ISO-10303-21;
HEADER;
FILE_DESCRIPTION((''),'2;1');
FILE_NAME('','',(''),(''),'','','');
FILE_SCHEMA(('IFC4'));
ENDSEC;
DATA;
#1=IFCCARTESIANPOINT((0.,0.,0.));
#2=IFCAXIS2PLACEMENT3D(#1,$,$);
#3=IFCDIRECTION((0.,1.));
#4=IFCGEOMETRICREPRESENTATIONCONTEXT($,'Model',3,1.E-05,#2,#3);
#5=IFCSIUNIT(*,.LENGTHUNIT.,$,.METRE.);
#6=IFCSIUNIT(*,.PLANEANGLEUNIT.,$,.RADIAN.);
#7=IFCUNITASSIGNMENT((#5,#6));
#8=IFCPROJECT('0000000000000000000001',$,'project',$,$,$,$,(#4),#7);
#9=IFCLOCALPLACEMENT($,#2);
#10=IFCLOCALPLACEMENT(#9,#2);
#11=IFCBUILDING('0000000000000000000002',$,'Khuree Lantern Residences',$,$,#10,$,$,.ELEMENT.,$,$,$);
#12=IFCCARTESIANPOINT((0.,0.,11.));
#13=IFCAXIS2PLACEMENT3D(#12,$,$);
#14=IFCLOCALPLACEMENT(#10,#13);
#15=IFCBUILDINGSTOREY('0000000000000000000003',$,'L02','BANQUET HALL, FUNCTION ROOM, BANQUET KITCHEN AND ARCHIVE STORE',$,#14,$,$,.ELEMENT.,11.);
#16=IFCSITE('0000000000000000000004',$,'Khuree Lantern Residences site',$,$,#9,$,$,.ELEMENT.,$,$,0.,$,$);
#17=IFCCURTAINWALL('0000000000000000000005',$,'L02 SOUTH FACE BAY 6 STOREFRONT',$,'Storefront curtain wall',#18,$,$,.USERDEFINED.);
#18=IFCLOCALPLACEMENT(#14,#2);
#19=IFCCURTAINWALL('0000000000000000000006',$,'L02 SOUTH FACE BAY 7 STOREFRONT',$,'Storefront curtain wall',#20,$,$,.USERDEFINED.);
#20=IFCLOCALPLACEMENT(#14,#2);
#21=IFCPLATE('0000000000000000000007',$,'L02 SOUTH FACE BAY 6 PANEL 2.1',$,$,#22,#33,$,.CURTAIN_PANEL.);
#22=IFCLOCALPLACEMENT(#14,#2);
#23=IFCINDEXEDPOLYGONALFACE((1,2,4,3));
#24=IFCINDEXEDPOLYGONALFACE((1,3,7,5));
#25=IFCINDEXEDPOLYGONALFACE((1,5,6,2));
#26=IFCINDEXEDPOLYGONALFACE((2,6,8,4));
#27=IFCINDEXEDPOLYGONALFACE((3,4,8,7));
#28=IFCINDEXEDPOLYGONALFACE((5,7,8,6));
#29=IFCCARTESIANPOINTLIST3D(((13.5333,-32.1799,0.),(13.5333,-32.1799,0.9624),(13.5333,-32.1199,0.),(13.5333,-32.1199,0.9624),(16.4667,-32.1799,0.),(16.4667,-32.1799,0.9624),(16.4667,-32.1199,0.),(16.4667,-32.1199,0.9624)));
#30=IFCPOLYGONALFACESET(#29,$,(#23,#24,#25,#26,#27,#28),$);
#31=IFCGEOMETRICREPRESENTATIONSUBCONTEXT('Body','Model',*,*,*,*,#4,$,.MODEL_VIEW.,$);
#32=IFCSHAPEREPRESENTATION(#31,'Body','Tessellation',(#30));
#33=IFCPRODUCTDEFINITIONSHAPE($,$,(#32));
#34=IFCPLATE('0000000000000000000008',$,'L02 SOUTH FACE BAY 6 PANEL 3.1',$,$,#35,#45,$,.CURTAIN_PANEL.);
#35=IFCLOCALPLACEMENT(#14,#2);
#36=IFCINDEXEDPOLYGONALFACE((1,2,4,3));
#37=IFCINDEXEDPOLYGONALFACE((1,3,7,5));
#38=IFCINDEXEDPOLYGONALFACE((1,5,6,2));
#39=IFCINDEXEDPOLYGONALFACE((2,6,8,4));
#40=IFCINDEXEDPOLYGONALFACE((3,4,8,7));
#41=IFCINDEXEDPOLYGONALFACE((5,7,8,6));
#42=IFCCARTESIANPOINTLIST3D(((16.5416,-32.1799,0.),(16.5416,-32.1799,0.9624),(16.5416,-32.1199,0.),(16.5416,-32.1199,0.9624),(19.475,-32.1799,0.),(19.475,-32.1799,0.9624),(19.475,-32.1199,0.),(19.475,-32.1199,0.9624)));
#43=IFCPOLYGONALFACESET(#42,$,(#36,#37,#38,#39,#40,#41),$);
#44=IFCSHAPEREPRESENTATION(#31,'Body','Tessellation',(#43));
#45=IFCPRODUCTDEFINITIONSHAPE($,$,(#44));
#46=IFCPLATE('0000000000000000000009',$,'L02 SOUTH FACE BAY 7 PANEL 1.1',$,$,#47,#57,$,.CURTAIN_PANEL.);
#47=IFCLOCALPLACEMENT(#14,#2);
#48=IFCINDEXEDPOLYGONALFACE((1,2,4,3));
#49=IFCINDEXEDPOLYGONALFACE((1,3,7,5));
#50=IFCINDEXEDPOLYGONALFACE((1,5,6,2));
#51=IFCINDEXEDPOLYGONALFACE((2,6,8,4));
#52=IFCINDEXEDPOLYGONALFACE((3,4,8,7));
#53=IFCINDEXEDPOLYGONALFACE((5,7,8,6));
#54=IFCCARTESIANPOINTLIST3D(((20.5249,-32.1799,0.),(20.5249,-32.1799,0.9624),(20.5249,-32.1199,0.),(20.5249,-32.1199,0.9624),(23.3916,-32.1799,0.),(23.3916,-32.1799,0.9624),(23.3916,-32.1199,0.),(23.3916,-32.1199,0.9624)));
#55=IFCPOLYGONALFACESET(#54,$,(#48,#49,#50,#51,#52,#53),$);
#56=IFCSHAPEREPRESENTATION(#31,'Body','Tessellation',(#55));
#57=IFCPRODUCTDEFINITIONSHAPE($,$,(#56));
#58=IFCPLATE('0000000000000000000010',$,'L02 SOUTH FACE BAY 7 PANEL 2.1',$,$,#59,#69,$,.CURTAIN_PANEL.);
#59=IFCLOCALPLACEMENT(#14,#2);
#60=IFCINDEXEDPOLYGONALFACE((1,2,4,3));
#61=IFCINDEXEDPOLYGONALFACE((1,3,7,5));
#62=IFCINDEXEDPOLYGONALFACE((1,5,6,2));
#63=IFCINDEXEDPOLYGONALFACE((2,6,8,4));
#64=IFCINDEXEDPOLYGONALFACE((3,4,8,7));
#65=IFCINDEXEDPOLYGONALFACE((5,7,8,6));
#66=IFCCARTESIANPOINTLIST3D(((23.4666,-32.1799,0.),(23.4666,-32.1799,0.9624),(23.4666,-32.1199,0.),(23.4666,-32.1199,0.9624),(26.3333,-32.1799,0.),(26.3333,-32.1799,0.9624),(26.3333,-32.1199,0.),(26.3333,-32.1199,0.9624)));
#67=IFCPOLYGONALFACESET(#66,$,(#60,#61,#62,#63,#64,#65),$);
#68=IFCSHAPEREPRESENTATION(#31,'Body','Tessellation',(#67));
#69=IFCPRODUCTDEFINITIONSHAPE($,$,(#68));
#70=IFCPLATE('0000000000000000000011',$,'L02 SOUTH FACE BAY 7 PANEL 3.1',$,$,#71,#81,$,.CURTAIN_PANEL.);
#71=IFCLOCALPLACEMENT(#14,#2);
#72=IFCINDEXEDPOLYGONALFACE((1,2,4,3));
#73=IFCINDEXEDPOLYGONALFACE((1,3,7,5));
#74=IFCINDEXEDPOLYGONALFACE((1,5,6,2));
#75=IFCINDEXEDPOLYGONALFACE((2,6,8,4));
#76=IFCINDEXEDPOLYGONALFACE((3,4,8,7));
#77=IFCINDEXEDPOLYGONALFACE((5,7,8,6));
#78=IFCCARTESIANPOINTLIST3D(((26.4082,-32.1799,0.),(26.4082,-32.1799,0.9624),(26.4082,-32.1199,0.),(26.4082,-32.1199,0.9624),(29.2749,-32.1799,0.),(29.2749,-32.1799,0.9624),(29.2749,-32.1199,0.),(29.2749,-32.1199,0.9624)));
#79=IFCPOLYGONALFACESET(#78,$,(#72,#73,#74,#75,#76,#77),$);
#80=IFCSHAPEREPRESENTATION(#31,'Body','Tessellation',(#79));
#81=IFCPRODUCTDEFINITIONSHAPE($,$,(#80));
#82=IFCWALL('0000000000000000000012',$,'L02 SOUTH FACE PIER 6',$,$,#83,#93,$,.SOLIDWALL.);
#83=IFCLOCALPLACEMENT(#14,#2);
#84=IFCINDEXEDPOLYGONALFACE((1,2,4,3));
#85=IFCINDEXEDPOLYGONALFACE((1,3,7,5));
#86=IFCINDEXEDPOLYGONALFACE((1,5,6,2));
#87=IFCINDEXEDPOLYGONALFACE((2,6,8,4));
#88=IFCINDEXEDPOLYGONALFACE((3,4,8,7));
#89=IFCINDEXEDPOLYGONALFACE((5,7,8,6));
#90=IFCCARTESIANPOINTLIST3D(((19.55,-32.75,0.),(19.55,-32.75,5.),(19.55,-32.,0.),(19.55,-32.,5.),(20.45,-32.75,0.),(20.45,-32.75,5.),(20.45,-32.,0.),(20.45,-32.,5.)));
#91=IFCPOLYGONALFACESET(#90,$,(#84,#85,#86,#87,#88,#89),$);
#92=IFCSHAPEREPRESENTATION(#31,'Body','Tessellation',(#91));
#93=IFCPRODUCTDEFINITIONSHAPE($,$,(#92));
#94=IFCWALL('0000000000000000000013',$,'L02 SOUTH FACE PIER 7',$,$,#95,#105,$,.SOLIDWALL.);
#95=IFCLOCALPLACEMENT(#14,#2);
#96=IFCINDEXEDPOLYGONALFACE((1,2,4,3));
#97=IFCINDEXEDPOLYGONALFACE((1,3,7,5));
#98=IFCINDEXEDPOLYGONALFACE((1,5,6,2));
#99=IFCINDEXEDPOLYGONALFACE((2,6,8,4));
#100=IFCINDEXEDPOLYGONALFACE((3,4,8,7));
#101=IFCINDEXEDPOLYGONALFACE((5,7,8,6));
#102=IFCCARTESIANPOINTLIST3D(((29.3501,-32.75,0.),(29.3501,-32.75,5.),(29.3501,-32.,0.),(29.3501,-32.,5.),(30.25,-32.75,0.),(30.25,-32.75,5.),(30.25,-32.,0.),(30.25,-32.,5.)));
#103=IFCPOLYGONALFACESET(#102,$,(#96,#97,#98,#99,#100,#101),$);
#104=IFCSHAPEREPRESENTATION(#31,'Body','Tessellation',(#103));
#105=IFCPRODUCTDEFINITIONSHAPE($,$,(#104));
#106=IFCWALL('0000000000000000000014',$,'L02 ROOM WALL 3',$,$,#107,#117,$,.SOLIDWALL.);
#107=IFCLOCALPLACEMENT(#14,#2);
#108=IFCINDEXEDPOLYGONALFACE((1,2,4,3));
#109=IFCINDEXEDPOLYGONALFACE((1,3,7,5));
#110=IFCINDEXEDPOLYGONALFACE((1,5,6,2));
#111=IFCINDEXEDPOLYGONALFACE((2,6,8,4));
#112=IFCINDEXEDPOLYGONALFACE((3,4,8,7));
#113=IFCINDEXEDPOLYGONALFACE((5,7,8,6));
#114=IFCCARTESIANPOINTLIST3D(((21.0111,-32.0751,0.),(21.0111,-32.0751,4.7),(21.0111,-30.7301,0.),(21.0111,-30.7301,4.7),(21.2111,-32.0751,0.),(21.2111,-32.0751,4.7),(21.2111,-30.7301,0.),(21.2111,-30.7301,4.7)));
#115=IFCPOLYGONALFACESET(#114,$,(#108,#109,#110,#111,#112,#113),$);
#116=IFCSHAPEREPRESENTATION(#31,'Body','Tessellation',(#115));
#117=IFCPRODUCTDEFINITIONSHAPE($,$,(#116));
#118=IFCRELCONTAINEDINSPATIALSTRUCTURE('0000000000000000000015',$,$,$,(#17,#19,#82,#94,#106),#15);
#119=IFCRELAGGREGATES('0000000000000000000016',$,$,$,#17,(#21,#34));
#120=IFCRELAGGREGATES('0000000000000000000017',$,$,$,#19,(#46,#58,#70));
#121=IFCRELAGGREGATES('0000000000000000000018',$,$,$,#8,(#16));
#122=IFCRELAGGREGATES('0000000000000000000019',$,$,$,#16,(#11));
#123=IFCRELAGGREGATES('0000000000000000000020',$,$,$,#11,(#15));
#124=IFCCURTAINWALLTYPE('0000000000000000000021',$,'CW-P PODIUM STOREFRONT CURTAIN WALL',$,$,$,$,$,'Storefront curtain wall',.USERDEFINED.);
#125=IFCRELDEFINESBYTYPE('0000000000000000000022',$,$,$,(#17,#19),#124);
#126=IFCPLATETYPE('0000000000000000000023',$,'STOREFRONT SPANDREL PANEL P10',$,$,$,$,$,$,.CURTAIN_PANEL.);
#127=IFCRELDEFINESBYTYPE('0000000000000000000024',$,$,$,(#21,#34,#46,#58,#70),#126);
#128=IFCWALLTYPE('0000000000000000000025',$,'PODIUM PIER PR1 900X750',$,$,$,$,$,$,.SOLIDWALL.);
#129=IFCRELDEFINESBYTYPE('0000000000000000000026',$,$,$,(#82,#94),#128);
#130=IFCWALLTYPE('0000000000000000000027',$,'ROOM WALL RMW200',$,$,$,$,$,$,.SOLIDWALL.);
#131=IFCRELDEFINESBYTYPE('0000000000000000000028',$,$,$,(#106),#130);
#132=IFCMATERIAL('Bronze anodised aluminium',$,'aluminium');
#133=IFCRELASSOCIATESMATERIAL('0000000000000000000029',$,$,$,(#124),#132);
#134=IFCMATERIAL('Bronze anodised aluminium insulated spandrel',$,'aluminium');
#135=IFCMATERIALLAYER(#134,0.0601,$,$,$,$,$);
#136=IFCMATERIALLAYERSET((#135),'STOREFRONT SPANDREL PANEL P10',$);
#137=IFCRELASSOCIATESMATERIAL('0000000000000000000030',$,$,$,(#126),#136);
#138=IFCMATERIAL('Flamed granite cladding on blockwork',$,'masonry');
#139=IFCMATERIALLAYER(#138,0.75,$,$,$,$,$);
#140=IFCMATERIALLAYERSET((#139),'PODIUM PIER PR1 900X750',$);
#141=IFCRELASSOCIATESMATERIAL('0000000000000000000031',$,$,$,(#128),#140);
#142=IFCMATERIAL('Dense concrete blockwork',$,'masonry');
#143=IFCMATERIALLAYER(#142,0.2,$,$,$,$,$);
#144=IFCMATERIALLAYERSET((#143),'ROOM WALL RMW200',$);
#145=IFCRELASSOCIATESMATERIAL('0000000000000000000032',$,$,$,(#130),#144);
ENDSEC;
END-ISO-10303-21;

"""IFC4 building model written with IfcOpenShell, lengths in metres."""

from ifc_helpers import new_model, si_unit, direction, frame, frame_2d, origin, origin_2d, place, context, subcontext, project, spatial, rectangle, extrude, material, layer, layer_set, type_object, element, aggregate, save


model = new_model("IFC4")

# Units and contexts
model_context = context("Model", 3, precision=1e-05, world=origin(), true_north=direction((0.0, 1.0)))
body_context = subcontext(model_context, "Body", "Model", "MODEL_VIEW")
ifc_project = project(units=[si_unit("LENGTHUNIT", "METRE"), si_unit("PLANEANGLEUNIT", "RADIAN")], contexts=[model_context])

# Site, building, storey
site_placement = place(None, origin())
site = spatial("IfcSite", under=ifc_project, at=site_placement, Name="Khuree Lantern Residences site", CompositionType="ELEMENT", RefElevation=0.0)
building_placement = place(site_placement, origin())
building = spatial("IfcBuilding", under=site, at=building_placement, Name="Khuree Lantern Residences", CompositionType="ELEMENT")
storey_placement = place(building_placement, frame((0.0, 0.0, 11.0)))
storey = spatial("IfcBuildingStorey", under=building, at=storey_placement, Name="L02", Description="BANQUET HALL, FUNCTION ROOM, BANQUET KITCHEN AND ARCHIVE STORE", CompositionType="ELEMENT", Elevation=11.0)

# Curtain walls
ifc_material_1 = material(Name="Bronze anodised aluminium", Category="aluminium")
curtain_wall_type = type_object("IfcCurtainWallType", Name="CW-P PODIUM STOREFRONT CURTAIN WALL", ElementType="Storefront curtain wall", PredefinedType="USERDEFINED", material=ifc_material_1)
curtain_wall_1_placement = place(storey_placement, origin())
curtain_wall_1 = element("IfcCurtainWall", 1, at=curtain_wall_1_placement, inside=storey, type_object=curtain_wall_type, Name="L02 SOUTH FACE BAY 6 STOREFRONT", ObjectType="Storefront curtain wall", PredefinedType="USERDEFINED")
curtain_wall_2_placement = place(storey_placement, origin())
curtain_wall_2 = element("IfcCurtainWall", 2, at=curtain_wall_2_placement, inside=storey, type_object=curtain_wall_type, Name="L02 SOUTH FACE BAY 7 STOREFRONT", ObjectType="Storefront curtain wall", PredefinedType="USERDEFINED")

# Plates
ifc_material_2 = material(Name="Bronze anodised aluminium insulated spandrel", Category="aluminium")
ifc_layer_1 = layer(ifc_material_2, 0.0601)
ifc_layer_set_1 = layer_set([ifc_layer_1], Name="STOREFRONT SPANDREL PANEL P10")
plate_type_1 = type_object("IfcPlateType", Name="STOREFRONT SPANDREL PANEL P10", PredefinedType="CURTAIN_PANEL", material=ifc_layer_set_1)
plate_1_placement = place(storey_placement, frame((15.0, -32.1499, 0.0), z_axis=(0.0, 0.0, 1.0), x_axis=(1.0, 0.0, 0.0)))
plate_1 = element("IfcPlate", 3, at=plate_1_placement, type_object=plate_type_1, Name="L02 SOUTH FACE BAY 6 PANEL 2.1", PredefinedType="CURTAIN_PANEL", context=body_context, shape_type="SweptSolid", body=[
    extrude(rectangle(XDim=2.9333, YDim=0.0601, at=origin_2d()), origin(), (0.0, 0.0, 1.0), 0.9624),
])
plate_2_placement = place(storey_placement, frame((18.0083, -32.1499, 0.0), z_axis=(0.0, 0.0, 1.0), x_axis=(1.0, 0.0, 0.0)))
plate_2 = element("IfcPlate", 4, at=plate_2_placement, type_object=plate_type_1, Name="L02 SOUTH FACE BAY 6 PANEL 3.1", PredefinedType="CURTAIN_PANEL", context=body_context, shape_type="SweptSolid", body=[
    extrude(rectangle(XDim=2.9333, YDim=0.0601, at=origin_2d()), origin(), (0.0, 0.0, 1.0), 0.9624),
])
aggregate(curtain_wall_1, [plate_1, plate_2])
plate_3_placement = place(storey_placement, frame((21.9583, -32.1499, 0.0), z_axis=(0.0, 0.0, 1.0), x_axis=(1.0, 0.0, 0.0)))
plate_3 = element("IfcPlate", 5, at=plate_3_placement, type_object=plate_type_1, Name="L02 SOUTH FACE BAY 7 PANEL 1.1", PredefinedType="CURTAIN_PANEL", context=body_context, shape_type="SweptSolid", body=[
    extrude(rectangle(XDim=2.8667, YDim=0.0601, at=origin_2d()), origin(), (0.0, 0.0, 1.0), 0.9624),
])
plate_4_placement = place(storey_placement, frame((24.8999, -32.1499, 0.0), z_axis=(0.0, 0.0, 1.0), x_axis=(1.0, 0.0, 0.0)))
plate_4 = element("IfcPlate", 6, at=plate_4_placement, type_object=plate_type_1, Name="L02 SOUTH FACE BAY 7 PANEL 2.1", PredefinedType="CURTAIN_PANEL", context=body_context, shape_type="SweptSolid", body=[
    extrude(rectangle(XDim=2.8667, YDim=0.0601, at=origin_2d()), origin(), (0.0, 0.0, 1.0), 0.9624),
])
plate_5_placement = place(storey_placement, frame((27.8416, -32.1499, 0.0), z_axis=(0.0, 0.0, 1.0), x_axis=(1.0, 0.0, 0.0)))
plate_5 = element("IfcPlate", 7, at=plate_5_placement, type_object=plate_type_1, Name="L02 SOUTH FACE BAY 7 PANEL 3.1", PredefinedType="CURTAIN_PANEL", context=body_context, shape_type="SweptSolid", body=[
    extrude(rectangle(XDim=2.8667, YDim=0.0601, at=origin_2d()), origin(), (0.0, 0.0, 1.0), 0.9624),
])
aggregate(curtain_wall_2, [plate_3, plate_4, plate_5])

# Walls
ifc_material_3 = material(Name="Flamed granite cladding on blockwork", Category="masonry")
ifc_layer_2 = layer(ifc_material_3, 0.75)
ifc_layer_set_2 = layer_set([ifc_layer_2], Name="PODIUM PIER PR1 900X750")
wall_type_1 = type_object("IfcWallType", Name="PODIUM PIER PR1 900X750", PredefinedType="SOLIDWALL", material=ifc_layer_set_2)
for number, where, z_axis, x_axis, name in (
    (8, (19.55, -32.375, 0.0), (0.0, 0.0, 1.0), (1.0, 0.0, 0.0), "L02 SOUTH FACE PIER 6"),
    (9, (29.3501, -32.375, 0.0), (0.0, 0.0, 1.0), (1.0, 0.0, 0.0), "L02 SOUTH FACE PIER 7"),
):
    element("IfcWall", number, at=place(storey_placement, frame(where, z_axis=z_axis, x_axis=x_axis)), inside=storey, type_object=wall_type_1, Name=name, PredefinedType="SOLIDWALL", context=body_context, shape_type="SweptSolid", body=[
        extrude(rectangle(XDim=0.8999, YDim=0.75, at=frame_2d((0.45, 0.0))), origin(), (0.0, 0.0, 1.0), 5.0),
    ])
ifc_material_4 = material(Name="Dense concrete blockwork", Category="masonry")
ifc_layer_3 = layer(ifc_material_4, 0.2)
ifc_layer_set_3 = layer_set([ifc_layer_3], Name="ROOM WALL RMW200")
wall_type_2 = type_object("IfcWallType", Name="ROOM WALL RMW200", PredefinedType="SOLIDWALL", material=ifc_layer_set_3)
wall_placement = place(storey_placement, frame((21.1111, -32.075, 0.0), z_axis=(0.0, 0.0, 1.0), x_axis=(0.0, 1.0, 0.0)))
element("IfcWall", 10, at=wall_placement, inside=storey, type_object=wall_type_2, Name="L02 ROOM WALL 3", PredefinedType="SOLIDWALL", context=body_context, shape_type="SweptSolid", body=[
    extrude(rectangle(XDim=1.345, YDim=0.2, at=frame_2d((0.6724, 0.0))), origin(), (0.0, 0.0, 1.0), 4.7),
])

save(model, "model.ifc")
